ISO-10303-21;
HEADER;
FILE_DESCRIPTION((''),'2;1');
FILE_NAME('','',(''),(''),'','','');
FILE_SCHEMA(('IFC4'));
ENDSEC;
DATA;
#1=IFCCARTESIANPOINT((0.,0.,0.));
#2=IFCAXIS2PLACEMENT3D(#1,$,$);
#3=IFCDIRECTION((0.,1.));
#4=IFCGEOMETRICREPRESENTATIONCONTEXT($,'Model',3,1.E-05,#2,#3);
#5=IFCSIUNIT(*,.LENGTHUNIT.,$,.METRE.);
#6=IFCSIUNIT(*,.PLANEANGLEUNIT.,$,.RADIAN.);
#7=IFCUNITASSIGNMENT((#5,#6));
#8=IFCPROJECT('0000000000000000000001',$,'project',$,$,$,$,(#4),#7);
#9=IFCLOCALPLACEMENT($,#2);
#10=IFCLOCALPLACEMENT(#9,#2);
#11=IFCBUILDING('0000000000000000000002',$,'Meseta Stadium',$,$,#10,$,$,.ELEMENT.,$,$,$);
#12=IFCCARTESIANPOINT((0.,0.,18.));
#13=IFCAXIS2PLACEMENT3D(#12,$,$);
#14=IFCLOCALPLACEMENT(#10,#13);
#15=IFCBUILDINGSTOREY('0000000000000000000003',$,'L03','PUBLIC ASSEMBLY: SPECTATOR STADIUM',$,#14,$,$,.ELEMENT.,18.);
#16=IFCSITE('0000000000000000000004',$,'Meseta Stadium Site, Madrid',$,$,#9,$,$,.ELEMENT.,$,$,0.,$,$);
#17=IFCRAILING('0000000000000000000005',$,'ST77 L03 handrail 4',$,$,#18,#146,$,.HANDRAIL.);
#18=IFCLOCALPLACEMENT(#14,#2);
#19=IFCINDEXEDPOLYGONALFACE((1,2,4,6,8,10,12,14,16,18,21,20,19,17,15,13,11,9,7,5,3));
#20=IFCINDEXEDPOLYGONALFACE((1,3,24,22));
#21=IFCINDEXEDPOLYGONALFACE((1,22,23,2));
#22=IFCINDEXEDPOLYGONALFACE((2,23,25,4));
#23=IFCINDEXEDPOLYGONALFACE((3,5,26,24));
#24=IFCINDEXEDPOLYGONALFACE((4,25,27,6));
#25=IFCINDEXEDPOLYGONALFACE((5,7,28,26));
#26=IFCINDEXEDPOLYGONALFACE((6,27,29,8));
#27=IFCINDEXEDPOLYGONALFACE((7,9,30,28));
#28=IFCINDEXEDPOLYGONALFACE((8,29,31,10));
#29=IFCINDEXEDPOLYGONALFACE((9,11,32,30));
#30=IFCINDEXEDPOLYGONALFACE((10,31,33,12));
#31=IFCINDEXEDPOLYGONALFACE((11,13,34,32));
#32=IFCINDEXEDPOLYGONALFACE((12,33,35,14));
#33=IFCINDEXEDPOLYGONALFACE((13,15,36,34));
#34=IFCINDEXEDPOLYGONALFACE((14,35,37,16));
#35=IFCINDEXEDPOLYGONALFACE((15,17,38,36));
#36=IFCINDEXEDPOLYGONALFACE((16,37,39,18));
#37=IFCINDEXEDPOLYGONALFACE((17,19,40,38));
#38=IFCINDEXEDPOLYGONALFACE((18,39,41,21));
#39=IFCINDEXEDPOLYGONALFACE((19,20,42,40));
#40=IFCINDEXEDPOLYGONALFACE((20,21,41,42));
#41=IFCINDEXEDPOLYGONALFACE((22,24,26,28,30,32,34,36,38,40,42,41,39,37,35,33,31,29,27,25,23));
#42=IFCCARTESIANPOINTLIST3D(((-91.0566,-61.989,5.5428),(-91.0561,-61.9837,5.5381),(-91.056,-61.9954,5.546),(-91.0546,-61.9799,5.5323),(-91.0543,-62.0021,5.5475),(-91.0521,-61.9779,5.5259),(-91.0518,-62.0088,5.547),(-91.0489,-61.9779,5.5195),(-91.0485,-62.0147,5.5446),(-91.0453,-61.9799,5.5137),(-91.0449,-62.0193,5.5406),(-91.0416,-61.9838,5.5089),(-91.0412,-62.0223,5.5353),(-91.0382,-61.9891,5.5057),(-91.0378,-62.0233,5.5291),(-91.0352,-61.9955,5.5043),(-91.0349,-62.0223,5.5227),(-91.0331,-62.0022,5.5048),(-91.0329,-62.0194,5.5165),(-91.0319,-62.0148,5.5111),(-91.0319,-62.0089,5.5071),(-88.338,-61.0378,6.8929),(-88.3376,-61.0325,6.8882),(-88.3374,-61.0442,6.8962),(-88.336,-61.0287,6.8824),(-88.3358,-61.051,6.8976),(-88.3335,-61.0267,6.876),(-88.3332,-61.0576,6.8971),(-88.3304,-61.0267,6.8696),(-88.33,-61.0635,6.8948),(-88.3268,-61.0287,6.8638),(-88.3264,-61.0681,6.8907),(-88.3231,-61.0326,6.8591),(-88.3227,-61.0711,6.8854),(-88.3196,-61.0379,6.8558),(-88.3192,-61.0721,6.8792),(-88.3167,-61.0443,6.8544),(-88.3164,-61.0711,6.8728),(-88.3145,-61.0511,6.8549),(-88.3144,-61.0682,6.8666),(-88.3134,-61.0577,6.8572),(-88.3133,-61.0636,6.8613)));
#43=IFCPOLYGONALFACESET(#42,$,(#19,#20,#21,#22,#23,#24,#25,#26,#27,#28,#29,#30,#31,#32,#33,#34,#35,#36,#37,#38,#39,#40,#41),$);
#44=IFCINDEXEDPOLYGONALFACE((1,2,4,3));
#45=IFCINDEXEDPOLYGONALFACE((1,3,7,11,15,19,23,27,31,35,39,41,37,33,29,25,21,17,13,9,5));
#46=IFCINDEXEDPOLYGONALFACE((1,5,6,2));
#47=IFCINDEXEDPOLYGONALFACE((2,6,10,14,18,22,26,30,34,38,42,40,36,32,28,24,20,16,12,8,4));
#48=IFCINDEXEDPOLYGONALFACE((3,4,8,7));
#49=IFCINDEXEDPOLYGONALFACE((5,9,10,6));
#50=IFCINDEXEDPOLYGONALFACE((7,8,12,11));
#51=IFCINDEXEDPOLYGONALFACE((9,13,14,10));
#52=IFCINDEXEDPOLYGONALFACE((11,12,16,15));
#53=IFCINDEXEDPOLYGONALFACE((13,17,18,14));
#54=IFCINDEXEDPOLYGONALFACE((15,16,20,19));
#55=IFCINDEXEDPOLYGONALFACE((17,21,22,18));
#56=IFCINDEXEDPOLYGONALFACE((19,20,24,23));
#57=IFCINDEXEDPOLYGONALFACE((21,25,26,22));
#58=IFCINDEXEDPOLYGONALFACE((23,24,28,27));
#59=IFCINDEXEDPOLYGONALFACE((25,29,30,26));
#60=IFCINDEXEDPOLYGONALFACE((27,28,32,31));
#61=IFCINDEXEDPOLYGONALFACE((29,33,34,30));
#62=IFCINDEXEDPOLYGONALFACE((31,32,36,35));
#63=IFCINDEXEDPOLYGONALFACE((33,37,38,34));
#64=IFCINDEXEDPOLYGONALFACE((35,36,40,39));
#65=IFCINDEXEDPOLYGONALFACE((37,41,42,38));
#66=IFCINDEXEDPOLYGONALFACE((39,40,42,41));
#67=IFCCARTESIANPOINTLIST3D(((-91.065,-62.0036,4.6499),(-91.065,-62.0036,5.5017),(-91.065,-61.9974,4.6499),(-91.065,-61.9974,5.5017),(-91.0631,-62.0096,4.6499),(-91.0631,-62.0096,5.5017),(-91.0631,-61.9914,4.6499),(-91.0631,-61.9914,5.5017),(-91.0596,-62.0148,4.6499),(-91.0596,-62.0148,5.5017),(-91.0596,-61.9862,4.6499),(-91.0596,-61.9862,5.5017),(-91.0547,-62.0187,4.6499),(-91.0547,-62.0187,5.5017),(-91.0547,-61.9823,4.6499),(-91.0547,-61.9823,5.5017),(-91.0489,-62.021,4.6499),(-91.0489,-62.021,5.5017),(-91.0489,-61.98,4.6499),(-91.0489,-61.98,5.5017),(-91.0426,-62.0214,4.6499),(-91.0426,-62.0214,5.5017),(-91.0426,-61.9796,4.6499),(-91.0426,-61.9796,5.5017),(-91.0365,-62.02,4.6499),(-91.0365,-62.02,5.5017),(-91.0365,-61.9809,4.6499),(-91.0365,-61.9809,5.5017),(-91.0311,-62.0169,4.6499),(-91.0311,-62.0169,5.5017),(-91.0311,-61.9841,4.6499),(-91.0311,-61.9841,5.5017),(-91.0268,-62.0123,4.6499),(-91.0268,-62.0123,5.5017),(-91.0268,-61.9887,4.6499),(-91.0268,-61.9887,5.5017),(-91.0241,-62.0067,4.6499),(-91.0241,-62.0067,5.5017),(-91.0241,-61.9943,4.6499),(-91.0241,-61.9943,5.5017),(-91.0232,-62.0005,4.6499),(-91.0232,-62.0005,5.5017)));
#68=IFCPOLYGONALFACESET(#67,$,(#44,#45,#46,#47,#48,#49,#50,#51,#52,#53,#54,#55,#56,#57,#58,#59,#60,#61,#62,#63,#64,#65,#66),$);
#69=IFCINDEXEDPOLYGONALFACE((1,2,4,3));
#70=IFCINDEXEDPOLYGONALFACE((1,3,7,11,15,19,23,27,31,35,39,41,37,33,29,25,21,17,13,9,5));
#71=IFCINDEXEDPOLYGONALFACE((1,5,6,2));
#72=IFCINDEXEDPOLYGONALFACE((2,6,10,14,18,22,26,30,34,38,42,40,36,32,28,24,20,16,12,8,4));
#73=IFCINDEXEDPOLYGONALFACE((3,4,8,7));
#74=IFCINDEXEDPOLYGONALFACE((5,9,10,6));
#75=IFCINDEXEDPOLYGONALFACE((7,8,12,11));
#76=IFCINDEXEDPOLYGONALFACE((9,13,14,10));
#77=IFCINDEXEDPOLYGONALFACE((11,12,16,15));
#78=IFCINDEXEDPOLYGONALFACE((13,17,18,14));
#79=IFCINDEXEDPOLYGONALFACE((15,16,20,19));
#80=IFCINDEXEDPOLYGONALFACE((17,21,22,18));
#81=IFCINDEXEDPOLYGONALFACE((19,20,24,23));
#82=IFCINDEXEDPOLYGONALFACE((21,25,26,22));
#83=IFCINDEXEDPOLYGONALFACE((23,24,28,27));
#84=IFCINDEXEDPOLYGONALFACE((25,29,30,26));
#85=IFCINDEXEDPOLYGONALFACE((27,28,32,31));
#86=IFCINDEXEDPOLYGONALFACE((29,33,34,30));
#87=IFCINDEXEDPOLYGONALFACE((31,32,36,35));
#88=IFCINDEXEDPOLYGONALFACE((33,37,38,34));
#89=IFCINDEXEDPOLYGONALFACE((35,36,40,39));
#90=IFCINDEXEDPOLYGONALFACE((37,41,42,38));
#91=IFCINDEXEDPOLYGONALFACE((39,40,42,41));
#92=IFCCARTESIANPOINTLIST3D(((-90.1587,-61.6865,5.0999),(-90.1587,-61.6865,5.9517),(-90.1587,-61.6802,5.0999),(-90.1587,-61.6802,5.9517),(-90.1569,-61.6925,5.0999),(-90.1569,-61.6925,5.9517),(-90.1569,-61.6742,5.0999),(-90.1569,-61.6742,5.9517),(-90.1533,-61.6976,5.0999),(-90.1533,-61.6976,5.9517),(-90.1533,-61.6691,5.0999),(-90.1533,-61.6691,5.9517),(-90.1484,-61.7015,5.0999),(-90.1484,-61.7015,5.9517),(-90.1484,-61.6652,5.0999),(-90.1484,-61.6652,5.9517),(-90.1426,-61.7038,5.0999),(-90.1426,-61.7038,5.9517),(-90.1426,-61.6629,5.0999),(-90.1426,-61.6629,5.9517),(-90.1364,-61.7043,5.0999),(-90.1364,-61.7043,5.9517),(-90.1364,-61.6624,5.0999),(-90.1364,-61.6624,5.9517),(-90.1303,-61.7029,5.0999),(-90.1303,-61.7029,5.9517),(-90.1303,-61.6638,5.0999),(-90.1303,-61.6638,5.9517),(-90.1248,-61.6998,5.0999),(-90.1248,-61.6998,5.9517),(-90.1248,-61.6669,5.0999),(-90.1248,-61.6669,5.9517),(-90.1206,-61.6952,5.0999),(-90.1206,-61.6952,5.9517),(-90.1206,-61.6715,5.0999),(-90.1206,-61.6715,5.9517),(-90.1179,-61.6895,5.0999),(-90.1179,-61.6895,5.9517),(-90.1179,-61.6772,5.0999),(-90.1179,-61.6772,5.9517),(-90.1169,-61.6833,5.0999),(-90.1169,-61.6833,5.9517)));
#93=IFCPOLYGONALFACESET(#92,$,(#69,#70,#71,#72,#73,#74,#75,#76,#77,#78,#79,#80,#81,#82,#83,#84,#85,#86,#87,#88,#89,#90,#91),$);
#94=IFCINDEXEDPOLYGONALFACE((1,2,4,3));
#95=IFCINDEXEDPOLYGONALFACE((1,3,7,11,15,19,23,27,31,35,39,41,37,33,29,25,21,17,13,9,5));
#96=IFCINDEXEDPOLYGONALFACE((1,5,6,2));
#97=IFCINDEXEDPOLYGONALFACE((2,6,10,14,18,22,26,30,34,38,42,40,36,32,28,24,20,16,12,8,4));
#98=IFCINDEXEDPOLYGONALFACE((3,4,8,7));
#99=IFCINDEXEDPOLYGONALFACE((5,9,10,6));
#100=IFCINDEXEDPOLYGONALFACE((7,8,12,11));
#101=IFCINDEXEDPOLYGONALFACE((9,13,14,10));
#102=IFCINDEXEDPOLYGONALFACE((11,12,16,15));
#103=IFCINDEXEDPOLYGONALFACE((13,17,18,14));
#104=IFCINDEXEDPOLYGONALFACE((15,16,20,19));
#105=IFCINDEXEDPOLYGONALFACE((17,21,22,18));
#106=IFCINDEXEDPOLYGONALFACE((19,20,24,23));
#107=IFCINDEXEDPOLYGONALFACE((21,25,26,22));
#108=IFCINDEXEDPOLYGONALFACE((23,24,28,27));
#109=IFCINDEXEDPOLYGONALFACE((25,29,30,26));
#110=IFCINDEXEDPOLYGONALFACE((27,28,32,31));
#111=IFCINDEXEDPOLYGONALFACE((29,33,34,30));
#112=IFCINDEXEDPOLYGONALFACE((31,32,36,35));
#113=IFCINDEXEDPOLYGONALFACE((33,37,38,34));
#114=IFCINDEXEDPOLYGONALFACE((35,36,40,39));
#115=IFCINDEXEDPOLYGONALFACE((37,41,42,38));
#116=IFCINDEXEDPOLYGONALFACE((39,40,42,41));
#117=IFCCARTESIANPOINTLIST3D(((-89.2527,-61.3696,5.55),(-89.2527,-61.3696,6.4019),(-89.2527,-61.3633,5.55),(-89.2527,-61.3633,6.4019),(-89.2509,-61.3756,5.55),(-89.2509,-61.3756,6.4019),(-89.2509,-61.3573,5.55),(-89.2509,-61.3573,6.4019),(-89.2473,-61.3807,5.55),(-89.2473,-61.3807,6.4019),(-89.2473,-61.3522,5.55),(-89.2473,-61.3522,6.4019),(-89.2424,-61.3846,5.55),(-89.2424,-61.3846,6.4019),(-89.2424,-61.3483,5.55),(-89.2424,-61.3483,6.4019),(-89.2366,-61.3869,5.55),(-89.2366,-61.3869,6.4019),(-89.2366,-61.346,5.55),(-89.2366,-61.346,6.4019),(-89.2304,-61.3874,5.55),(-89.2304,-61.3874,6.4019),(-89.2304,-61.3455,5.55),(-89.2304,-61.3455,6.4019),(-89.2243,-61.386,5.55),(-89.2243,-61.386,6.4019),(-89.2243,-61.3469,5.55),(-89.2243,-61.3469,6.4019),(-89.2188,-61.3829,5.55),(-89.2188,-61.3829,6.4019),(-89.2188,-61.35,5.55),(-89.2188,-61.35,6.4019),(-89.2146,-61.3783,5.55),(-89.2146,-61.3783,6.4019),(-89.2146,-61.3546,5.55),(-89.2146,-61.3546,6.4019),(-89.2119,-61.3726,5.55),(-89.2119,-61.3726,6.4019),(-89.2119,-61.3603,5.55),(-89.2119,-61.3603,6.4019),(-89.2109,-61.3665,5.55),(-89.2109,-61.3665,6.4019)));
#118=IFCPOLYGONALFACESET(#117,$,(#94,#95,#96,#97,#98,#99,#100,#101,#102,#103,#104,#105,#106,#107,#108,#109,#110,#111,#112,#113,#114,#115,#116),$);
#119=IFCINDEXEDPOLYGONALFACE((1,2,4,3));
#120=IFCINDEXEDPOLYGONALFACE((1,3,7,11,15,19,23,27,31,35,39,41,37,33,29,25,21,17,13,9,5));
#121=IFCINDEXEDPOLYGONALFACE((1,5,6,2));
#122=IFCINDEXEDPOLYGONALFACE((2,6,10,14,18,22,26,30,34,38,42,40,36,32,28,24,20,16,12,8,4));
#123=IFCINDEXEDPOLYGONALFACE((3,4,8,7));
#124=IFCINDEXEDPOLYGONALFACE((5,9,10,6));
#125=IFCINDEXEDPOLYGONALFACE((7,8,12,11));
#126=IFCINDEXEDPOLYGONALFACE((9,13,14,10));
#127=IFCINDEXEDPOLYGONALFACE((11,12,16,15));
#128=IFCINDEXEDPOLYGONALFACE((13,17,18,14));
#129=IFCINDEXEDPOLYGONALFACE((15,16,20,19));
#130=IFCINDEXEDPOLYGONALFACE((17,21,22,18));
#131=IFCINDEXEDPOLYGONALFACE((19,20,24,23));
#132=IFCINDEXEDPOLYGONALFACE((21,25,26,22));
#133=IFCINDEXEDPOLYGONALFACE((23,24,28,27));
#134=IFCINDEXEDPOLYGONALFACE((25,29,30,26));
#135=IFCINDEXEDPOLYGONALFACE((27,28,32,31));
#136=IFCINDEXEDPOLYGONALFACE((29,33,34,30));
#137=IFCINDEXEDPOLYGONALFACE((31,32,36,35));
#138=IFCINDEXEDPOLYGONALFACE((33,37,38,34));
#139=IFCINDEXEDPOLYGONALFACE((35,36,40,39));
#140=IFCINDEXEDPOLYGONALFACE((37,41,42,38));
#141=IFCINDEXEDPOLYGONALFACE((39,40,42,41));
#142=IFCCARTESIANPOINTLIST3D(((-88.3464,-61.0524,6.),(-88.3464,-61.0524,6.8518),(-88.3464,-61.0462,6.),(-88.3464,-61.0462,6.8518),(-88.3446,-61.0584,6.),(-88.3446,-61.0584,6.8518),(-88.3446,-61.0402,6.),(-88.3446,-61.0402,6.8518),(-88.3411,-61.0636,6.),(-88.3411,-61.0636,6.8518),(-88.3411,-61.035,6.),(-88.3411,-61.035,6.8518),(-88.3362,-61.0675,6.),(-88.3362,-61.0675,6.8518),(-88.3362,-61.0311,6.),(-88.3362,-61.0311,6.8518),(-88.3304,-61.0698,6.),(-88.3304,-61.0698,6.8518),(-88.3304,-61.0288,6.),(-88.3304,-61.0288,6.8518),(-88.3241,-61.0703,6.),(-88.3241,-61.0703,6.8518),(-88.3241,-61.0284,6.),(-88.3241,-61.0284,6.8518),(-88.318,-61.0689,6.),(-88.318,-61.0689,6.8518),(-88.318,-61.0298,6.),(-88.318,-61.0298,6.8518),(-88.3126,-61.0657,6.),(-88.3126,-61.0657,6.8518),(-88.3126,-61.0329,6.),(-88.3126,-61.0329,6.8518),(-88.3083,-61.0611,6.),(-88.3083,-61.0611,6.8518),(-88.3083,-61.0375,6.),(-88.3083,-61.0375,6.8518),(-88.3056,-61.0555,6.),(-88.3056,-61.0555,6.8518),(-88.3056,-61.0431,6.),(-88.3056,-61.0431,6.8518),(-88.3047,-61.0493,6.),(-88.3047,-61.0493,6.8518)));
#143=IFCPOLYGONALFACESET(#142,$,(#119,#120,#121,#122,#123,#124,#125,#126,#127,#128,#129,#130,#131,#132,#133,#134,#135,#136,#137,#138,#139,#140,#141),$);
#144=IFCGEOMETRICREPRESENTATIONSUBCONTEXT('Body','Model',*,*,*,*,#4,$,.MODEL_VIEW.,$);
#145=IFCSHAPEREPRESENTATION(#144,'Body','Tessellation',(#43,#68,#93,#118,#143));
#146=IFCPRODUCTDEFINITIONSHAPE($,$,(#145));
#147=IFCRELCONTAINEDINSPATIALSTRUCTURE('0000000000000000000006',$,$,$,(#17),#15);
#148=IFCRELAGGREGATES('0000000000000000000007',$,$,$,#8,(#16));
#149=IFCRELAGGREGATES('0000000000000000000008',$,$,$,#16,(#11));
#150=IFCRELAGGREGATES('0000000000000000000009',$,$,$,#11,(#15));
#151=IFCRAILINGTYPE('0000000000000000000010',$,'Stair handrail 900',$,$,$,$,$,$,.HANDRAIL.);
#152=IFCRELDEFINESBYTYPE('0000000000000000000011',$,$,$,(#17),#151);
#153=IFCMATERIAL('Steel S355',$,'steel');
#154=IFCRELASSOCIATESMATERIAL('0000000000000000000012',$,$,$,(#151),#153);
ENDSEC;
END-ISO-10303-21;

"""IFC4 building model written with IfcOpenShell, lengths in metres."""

from ifc_helpers import new_model, si_unit, direction, frame, origin, origin_2d, place, context, subcontext, project, spatial, circle, extrude, material, type_object, element, save


model = new_model("IFC4")

# Units and contexts
model_context = context("Model", 3, precision=1e-05, world=origin(), true_north=direction((0.0, 1.0)))
body_context = subcontext(model_context, "Body", "Model", "MODEL_VIEW")
ifc_project = project(units=[si_unit("LENGTHUNIT", "METRE"), si_unit("PLANEANGLEUNIT", "RADIAN")], contexts=[model_context])

# Site, building, storey
site_placement = place(None, origin())
site = spatial("IfcSite", under=ifc_project, at=site_placement, Name="Meseta Stadium Site, Madrid", CompositionType="ELEMENT", RefElevation=0.0)
building_placement = place(site_placement, origin())
building = spatial("IfcBuilding", under=site, at=building_placement, Name="Meseta Stadium", CompositionType="ELEMENT")
storey_placement = place(building_placement, frame((0.0, 0.0, 18.0)))
storey = spatial("IfcBuildingStorey", under=building, at=storey_placement, Name="L03", Description="PUBLIC ASSEMBLY: SPECTATOR STADIUM", CompositionType="ELEMENT", Elevation=18.0)

# Railing
ifc_material_1 = material(Name="Steel S355", Category="steel")
railing_type_1 = type_object("IfcRailingType", Name="Stair handrail 900", PredefinedType="HANDRAIL", material=ifc_material_1)
railing_1_placement = place(storey_placement, frame((-91.0442, -62.0005, 4.6499)))
element("IfcRailing", 1, at=railing_1_placement, inside=storey, type_object=railing_type_1, Name="ST77 L03 handrail 4", PredefinedType="HANDRAIL", context=body_context, shape_type="SweptSolid", body=[
    extrude(circle(Radius=0.0239, at=origin_2d()), frame((0.0, 0.0, 0.876), z_axis=(0.854649, 0.299031, 0.424446), x_axis=(-0.330256, 0.943891, 0.0)), (0.0, 0.0, 1.0), 3.1809),
    extrude(circle(Radius=0.021, at=origin_2d()), origin(), (0.0, 0.0, 1.0), 0.8518),
    extrude(circle(Radius=0.021, at=origin_2d()), frame((0.9062, 0.3171, 0.45)), (0.0, 0.0, 1.0), 0.8518),
    extrude(circle(Radius=0.021, at=origin_2d()), frame((1.8123, 0.634, 0.9001)), (0.0, 0.0, 1.0), 0.8518),
    extrude(circle(Radius=0.021, at=origin_2d()), frame((2.7185, 0.9512, 1.3501)), (0.0, 0.0, 1.0), 0.8518),
])

save(model, "model.ifc")
